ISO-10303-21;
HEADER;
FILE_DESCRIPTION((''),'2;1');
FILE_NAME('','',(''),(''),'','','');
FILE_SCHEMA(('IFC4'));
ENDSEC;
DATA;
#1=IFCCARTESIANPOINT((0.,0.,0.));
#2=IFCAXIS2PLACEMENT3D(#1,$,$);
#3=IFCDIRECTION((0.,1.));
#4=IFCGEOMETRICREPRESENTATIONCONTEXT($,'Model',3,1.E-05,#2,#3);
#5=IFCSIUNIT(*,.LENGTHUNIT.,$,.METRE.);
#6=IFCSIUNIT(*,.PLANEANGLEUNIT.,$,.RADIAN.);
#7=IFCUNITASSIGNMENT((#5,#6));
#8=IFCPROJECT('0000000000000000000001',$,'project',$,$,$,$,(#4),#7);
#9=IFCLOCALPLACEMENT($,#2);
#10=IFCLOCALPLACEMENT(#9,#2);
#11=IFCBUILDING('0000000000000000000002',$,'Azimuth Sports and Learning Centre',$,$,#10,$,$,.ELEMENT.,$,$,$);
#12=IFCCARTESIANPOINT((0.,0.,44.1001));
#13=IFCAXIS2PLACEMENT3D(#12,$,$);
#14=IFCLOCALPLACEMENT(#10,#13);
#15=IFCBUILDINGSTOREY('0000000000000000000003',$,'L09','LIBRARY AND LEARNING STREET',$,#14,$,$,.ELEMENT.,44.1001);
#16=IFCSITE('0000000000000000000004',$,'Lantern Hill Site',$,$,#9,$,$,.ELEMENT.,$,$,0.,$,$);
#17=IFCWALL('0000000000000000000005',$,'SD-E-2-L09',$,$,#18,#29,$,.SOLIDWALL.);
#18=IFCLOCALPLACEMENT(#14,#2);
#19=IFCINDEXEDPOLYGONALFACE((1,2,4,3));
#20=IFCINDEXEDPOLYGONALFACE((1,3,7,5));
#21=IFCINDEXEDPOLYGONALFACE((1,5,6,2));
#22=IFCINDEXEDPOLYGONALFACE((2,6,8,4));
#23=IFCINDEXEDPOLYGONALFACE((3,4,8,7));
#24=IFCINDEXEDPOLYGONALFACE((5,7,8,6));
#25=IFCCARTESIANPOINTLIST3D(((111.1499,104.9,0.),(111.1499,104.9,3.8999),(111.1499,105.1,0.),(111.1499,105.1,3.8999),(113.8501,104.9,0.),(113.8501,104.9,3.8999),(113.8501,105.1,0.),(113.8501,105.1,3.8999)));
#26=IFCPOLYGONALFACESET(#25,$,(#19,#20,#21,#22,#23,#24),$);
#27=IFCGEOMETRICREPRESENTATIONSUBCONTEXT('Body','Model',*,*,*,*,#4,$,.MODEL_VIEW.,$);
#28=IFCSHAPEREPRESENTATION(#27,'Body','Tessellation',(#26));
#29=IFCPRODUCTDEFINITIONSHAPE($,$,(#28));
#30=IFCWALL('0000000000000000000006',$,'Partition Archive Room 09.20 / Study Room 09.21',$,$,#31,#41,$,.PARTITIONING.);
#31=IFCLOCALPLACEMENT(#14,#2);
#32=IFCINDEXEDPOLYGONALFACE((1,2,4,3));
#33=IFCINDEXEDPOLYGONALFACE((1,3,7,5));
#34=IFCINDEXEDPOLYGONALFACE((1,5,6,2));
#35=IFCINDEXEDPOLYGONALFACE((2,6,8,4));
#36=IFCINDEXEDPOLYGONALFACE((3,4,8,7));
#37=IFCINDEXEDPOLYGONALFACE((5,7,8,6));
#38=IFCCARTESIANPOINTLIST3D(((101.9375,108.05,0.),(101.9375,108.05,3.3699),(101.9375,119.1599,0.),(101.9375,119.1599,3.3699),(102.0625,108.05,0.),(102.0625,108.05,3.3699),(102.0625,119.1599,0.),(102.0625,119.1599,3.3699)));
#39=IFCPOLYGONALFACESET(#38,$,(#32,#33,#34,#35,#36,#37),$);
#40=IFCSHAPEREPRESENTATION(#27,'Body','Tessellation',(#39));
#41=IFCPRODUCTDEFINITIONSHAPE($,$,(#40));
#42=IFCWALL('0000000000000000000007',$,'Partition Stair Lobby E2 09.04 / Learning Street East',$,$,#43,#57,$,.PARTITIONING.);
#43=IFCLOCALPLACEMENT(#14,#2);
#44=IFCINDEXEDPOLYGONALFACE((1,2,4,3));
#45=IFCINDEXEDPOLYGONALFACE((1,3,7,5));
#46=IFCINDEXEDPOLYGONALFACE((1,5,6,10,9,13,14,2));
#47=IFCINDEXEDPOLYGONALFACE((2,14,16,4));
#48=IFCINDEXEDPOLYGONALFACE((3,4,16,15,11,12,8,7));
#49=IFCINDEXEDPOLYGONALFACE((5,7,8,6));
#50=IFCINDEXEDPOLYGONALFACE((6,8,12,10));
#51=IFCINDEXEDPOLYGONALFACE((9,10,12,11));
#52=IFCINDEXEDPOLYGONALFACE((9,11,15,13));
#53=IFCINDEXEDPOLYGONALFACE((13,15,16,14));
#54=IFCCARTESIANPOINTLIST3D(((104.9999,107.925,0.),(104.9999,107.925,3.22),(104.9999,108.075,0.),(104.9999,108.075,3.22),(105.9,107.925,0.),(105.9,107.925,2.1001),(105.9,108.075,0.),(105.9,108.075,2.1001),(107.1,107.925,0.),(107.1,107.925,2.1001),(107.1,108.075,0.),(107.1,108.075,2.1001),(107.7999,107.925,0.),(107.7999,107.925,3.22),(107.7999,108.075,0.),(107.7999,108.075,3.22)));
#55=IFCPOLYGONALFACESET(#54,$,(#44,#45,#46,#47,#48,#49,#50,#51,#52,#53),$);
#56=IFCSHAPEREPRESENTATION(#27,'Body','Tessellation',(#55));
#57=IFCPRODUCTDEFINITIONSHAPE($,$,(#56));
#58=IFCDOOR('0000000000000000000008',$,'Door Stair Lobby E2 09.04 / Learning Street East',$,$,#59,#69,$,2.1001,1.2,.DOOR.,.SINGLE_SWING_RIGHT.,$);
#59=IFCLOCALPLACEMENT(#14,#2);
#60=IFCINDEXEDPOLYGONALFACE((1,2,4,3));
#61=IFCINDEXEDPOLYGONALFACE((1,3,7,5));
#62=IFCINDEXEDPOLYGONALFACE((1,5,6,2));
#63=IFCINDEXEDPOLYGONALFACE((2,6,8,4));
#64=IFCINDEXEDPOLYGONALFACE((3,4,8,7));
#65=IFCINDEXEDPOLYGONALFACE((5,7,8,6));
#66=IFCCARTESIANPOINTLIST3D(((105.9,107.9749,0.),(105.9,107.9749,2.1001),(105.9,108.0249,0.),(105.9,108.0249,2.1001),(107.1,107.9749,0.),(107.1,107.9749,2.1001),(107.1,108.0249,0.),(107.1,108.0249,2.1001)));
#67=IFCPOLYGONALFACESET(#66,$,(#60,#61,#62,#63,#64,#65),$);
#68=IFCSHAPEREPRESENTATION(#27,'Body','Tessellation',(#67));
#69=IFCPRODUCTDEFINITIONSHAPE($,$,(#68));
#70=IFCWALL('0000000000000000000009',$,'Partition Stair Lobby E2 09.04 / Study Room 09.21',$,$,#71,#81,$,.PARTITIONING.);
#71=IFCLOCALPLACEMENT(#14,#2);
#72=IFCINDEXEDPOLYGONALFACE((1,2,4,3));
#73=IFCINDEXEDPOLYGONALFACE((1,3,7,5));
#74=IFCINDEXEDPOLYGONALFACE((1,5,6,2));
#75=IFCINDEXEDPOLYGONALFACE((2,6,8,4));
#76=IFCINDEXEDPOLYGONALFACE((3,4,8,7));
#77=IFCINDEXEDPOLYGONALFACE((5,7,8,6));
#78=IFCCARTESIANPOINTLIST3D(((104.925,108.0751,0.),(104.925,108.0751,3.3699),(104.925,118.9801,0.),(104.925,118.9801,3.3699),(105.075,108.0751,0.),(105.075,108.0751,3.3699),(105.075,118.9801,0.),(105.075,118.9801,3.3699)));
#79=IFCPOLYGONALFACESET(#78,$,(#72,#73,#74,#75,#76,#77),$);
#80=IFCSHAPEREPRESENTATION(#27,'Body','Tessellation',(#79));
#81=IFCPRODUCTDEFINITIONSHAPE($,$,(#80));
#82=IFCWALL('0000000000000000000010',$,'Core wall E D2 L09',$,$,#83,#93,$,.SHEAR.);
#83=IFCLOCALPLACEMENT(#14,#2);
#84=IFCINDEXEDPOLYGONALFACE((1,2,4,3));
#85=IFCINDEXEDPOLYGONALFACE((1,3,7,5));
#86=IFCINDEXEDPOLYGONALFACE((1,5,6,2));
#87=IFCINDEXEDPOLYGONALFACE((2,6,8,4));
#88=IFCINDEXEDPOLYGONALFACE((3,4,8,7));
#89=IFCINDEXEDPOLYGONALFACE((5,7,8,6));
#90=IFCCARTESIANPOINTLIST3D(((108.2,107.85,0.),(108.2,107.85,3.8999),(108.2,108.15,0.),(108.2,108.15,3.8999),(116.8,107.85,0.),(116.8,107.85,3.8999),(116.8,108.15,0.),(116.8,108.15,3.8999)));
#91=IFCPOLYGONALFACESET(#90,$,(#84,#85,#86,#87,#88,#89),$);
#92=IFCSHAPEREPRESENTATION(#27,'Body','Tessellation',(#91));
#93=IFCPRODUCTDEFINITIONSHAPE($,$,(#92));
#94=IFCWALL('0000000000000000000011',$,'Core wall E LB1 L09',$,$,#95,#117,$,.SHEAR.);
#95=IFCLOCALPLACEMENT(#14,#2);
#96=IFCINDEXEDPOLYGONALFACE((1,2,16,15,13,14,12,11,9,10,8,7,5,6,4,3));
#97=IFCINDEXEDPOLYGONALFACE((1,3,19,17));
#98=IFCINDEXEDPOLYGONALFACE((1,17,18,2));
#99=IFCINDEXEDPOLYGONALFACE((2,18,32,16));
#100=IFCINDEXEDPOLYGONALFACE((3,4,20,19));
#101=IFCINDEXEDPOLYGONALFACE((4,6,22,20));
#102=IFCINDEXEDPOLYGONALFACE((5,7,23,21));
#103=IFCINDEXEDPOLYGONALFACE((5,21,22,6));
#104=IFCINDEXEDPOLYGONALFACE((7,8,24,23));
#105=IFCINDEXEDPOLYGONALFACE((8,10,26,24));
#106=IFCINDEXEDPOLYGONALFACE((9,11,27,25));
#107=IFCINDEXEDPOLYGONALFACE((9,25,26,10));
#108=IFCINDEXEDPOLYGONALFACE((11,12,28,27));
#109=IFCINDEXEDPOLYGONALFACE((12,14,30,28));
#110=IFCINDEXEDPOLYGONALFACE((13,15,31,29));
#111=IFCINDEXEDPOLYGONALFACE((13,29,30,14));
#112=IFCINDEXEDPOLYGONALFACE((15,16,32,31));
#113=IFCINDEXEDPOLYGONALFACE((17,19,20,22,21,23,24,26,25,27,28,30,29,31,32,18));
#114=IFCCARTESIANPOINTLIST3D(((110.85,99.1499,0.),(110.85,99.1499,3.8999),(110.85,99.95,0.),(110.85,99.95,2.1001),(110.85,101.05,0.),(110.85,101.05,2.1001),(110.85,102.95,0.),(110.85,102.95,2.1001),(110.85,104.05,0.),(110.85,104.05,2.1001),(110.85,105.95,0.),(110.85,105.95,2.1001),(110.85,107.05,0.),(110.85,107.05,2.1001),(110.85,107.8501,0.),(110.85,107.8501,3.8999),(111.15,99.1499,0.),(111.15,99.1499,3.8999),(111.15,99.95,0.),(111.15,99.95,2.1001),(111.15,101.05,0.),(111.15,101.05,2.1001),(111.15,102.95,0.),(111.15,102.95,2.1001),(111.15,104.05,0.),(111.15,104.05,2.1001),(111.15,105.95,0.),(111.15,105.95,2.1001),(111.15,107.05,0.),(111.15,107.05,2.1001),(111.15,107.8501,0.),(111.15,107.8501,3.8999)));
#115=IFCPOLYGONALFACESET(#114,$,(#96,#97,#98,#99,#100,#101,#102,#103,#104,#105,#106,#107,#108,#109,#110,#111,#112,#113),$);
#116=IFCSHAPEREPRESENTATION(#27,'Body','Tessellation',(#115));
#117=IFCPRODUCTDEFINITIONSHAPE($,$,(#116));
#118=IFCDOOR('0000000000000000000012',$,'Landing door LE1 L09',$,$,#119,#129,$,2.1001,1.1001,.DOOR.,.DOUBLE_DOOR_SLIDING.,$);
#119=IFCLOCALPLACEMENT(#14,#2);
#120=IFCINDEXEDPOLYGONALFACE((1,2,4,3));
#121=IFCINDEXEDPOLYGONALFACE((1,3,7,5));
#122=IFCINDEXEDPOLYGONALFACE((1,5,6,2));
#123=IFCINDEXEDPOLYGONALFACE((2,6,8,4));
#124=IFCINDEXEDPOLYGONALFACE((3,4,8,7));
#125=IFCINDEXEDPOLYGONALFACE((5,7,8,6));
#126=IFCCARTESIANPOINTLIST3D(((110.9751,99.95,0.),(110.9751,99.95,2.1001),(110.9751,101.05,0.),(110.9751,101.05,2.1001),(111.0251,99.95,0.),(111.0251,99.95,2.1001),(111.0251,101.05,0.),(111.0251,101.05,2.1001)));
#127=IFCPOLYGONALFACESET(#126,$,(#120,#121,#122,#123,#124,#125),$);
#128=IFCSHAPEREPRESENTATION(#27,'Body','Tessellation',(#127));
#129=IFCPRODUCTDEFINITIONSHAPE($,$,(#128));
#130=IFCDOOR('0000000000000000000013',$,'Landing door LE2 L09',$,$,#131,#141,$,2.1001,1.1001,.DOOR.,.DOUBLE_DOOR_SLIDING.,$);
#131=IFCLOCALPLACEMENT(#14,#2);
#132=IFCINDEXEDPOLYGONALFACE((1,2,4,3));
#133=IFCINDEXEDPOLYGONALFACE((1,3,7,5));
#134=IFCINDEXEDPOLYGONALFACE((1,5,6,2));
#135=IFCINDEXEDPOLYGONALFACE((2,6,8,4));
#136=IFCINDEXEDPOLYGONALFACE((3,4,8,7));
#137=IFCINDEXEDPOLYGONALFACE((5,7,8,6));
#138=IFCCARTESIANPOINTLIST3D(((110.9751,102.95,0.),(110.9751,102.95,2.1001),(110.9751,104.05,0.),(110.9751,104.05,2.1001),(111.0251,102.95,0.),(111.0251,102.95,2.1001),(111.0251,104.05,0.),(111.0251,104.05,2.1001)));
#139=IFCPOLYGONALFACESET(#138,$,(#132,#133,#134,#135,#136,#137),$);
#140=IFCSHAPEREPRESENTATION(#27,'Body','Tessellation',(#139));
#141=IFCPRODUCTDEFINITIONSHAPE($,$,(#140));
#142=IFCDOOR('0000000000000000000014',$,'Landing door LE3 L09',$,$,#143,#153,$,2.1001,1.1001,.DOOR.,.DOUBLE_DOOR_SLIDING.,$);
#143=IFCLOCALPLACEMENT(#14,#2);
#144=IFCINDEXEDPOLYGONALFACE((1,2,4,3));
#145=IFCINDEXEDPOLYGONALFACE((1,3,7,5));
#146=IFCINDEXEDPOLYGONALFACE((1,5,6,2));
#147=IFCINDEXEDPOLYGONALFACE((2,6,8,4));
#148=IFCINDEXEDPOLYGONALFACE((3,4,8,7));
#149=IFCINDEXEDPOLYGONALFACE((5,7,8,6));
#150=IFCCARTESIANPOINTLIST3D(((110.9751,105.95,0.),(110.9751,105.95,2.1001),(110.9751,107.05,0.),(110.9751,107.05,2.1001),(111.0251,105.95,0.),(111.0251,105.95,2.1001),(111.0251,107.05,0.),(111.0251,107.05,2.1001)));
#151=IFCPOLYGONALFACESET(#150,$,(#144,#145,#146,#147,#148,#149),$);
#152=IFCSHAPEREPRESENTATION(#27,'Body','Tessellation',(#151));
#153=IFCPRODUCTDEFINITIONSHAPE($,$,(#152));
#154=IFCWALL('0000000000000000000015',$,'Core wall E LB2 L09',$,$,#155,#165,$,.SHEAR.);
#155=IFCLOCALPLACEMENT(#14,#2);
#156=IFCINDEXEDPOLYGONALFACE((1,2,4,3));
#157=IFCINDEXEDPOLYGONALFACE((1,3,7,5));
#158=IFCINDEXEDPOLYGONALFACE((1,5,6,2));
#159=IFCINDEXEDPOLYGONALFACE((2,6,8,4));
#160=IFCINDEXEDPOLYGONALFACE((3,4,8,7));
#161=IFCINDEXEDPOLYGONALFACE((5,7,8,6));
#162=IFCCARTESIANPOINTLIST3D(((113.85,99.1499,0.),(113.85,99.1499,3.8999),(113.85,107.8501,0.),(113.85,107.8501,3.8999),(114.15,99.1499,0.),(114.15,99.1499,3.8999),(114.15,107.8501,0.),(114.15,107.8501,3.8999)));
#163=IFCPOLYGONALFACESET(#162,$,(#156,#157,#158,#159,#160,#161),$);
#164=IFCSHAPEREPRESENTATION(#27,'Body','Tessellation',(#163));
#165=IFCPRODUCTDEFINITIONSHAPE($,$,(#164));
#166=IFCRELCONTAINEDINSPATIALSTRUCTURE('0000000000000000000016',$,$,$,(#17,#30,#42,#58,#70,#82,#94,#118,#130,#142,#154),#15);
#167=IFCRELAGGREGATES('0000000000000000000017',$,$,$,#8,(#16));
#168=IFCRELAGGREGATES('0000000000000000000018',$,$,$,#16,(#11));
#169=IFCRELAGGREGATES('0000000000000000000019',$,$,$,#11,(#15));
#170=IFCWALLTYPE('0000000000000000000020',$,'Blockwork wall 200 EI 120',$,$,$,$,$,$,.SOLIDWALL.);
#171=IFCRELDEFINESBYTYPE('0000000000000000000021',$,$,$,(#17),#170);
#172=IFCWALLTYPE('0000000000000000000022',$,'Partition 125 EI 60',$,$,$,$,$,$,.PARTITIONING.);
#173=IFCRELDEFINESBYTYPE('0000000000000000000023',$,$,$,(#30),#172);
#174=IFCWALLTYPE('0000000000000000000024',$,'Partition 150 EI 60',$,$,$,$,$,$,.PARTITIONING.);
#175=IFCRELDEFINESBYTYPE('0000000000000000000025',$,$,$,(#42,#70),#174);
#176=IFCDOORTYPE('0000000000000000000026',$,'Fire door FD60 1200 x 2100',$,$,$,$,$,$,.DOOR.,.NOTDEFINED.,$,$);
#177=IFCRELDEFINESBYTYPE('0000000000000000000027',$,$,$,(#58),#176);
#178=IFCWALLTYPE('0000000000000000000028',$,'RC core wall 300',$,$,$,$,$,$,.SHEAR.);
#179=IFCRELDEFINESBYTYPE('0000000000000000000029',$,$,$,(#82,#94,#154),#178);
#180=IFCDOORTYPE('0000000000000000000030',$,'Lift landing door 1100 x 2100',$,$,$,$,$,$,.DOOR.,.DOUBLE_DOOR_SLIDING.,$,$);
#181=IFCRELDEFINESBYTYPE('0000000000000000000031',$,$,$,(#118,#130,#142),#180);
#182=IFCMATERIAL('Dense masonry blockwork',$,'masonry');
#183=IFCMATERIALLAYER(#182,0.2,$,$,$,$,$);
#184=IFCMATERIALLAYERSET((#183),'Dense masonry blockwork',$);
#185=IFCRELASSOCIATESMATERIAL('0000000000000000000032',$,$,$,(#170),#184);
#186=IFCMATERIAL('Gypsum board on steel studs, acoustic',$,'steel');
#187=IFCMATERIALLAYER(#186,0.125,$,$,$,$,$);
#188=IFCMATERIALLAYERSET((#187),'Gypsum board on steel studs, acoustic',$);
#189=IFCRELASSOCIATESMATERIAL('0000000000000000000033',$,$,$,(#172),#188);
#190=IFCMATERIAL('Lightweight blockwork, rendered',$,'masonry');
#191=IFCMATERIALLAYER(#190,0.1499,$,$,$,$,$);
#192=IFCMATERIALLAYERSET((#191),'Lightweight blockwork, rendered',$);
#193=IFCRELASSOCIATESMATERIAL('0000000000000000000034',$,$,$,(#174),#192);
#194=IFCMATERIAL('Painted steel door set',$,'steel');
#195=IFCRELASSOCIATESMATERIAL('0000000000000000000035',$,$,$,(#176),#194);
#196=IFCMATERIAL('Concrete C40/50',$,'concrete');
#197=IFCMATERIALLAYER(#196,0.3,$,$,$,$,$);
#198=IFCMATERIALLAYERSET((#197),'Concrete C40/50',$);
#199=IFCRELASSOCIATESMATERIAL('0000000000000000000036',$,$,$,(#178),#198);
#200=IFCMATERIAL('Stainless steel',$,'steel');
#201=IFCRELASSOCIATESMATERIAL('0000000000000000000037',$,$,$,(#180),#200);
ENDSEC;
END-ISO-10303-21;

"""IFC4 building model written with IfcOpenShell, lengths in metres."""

from ifc_helpers import new_model, si_unit, direction, frame, frame_2d, origin, place, context, subcontext, project, spatial, rectangle, extrude, material, layer, layer_set, type_object, element, fill, save


model = new_model("IFC4")

# Units and contexts
model_context = context("Model", 3, precision=1e-05, world=origin(), true_north=direction((0.0, 1.0)))
body_context = subcontext(model_context, "Body", "Model", "MODEL_VIEW")
ifc_project = project(units=[si_unit("LENGTHUNIT", "METRE"), si_unit("PLANEANGLEUNIT", "RADIAN")], contexts=[model_context])

# Site, building, storey
site_placement = place(None, origin())
site = spatial("IfcSite", under=ifc_project, at=site_placement, Name="Lantern Hill Site", CompositionType="ELEMENT", RefElevation=0.0)
building_placement = place(site_placement, origin())
building = spatial("IfcBuilding", under=site, at=building_placement, Name="Azimuth Sports and Learning Centre", CompositionType="ELEMENT")
storey_placement = place(building_placement, frame((0.0, 0.0, 44.1001)))
storey = spatial("IfcBuildingStorey", under=building, at=storey_placement, Name="L09", Description="LIBRARY AND LEARNING STREET", CompositionType="ELEMENT", Elevation=44.1001)

# Walls
ifc_material_1 = material(Name="Dense masonry blockwork", Category="masonry")
ifc_layer_1 = layer(ifc_material_1, 0.2)
ifc_layer_set_1 = layer_set([ifc_layer_1], Name="Dense masonry blockwork")
wall_type_1 = type_object("IfcWallType", Name="Blockwork wall 200 EI 120", PredefinedType="SOLIDWALL", material=ifc_layer_set_1)
for number, where, z_axis, x_axis, name in (
    (1, (111.1499, 105.0, 0.0), (0.0, 0.0, 1.0), (1.0, 0.0, 0.0), "SD-E-2-L09"),
):
    element("IfcWall", number, at=place(storey_placement, frame(where, z_axis=z_axis, x_axis=x_axis)), inside=storey, type_object=wall_type_1, Name=name, PredefinedType="SOLIDWALL", context=body_context, shape_type="SweptSolid", body=[
        extrude(rectangle(XDim=2.7002, YDim=0.2, at=frame_2d((1.3501, 0.0))), origin(), (0.0, 0.0, 1.0), 3.8999),
    ])
ifc_material_2 = material(Name="Gypsum board on steel studs, acoustic", Category="steel")
ifc_layer_2 = layer(ifc_material_2, 0.125)
ifc_layer_set_2 = layer_set([ifc_layer_2], Name="Gypsum board on steel studs, acoustic")
wall_type_2 = type_object("IfcWallType", Name="Partition 125 EI 60", PredefinedType="PARTITIONING", material=ifc_layer_set_2)
wall_1_placement = place(storey_placement, frame((102.0, 108.05, 0.0), z_axis=(0.0, 0.0, 1.0), x_axis=(0.0, 1.0, 0.0)))
element("IfcWall", 2, at=wall_1_placement, inside=storey, type_object=wall_type_2, Name="Partition Archive Room 09.20 / Study Room 09.21", PredefinedType="PARTITIONING", context=body_context, shape_type="SweptSolid", body=[
    extrude(rectangle(XDim=11.1099, YDim=0.125, at=frame_2d((5.5549, 0.0))), origin(), (0.0, 0.0, 1.0), 3.3699),
])

# Wall, opening, door
ifc_material_3 = material(Name="Lightweight blockwork, rendered", Category="masonry")
ifc_layer_3 = layer(ifc_material_3, 0.1499)
ifc_layer_set_3 = layer_set([ifc_layer_3], Name="Lightweight blockwork, rendered")
wall_type_3 = type_object("IfcWallType", Name="Partition 150 EI 60", PredefinedType="PARTITIONING", material=ifc_layer_set_3)
wall_2_placement = place(storey_placement, frame((105.0, 108.0, 0.0), z_axis=(0.0, 0.0, 1.0), x_axis=(1.0, 0.0, 0.0)))
wall_2 = element("IfcWall", 3, at=wall_2_placement, inside=storey, type_object=wall_type_3, Name="Partition Stair Lobby E2 09.04 / Learning Street East", PredefinedType="PARTITIONING", context=body_context, shape_type="SweptSolid", body=[
    extrude(rectangle(XDim=2.8, YDim=0.1499, at=frame_2d((1.3999, 0.0))), origin(), (0.0, 0.0, 1.0), 3.22),
])
opening_1_placement = place(wall_2_placement, frame((0.8999, 0.0, 0.0)))
opening_1 = element("IfcOpeningElement", 4, at=opening_1_placement, cuts=wall_2, PredefinedType="OPENING", context=body_context, shape_type="SweptSolid", body=[
    extrude(rectangle(XDim=1.2, YDim=2.1001, at=frame_2d((0.6001, 1.05))), frame((0.0, 0.0859, 0.0), z_axis=(0.0, -1.0, 0.0), x_axis=(1.0, 0.0, 0.0)), (0.0, 0.0, 1.0), 0.1719),
])
ifc_material_4 = material(Name="Painted steel door set", Category="steel")
door_type_1 = type_object("IfcDoorType", Name="Fire door FD60 1200 x 2100", OperationType="NOTDEFINED", PredefinedType="DOOR", material=ifc_material_4)
door_1_placement = place(opening_1_placement, origin())
door_1 = element("IfcDoor", 5, at=door_1_placement, inside=storey, type_object=door_type_1, Name="Door Stair Lobby E2 09.04 / Learning Street East", OperationType="SINGLE_SWING_RIGHT", OverallHeight=2.1001, OverallWidth=1.2, PredefinedType="DOOR", context=body_context, shape_type="SweptSolid", body=[
    extrude(rectangle(XDim=1.2, YDim=2.1001, at=frame_2d((0.6001, 1.05))), frame((0.0, 0.0249, 0.0), z_axis=(0.0, -1.0, 0.0), x_axis=(1.0, 0.0, 0.0)), (0.0, 0.0, 1.0), 0.05),
])
fill(opening_1, door_1)

# Walls
wall_3_placement = place(storey_placement, frame((105.0, 108.075, 0.0), z_axis=(0.0, 0.0, 1.0), x_axis=(0.0, 1.0, 0.0)))
element("IfcWall", 6, at=wall_3_placement, inside=storey, type_object=wall_type_3, Name="Partition Stair Lobby E2 09.04 / Study Room 09.21", PredefinedType="PARTITIONING", context=body_context, shape_type="SweptSolid", body=[
    extrude(rectangle(XDim=10.905, YDim=0.1499, at=frame_2d((5.4526, 0.0))), origin(), (0.0, 0.0, 1.0), 3.3699),
])
ifc_material_5 = material(Name="Concrete C40/50", Category="concrete")
ifc_layer_4 = layer(ifc_material_5, 0.3)
ifc_layer_set_4 = layer_set([ifc_layer_4], Name="Concrete C40/50")
wall_type_4 = type_object("IfcWallType", Name="RC core wall 300", PredefinedType="SHEAR", material=ifc_layer_set_4)
wall_4_placement = place(storey_placement, frame((108.2, 108.0, 0.0), z_axis=(0.0, 0.0, 1.0), x_axis=(1.0, 0.0, 0.0)))
element("IfcWall", 7, at=wall_4_placement, inside=storey, type_object=wall_type_4, Name="Core wall E D2 L09", PredefinedType="SHEAR", context=body_context, shape_type="SweptSolid", body=[
    extrude(rectangle(XDim=8.6001, YDim=0.3, at=frame_2d((4.3, 0.0))), origin(), (0.0, 0.0, 1.0), 3.8999),
])

# Wall, openings, doors
wall_5_placement = place(storey_placement, frame((111.0, 99.1499, 0.0), z_axis=(0.0, 0.0, 1.0), x_axis=(0.0, 1.0, 0.0)))
wall_5 = element("IfcWall", 8, at=wall_5_placement, inside=storey, type_object=wall_type_4, Name="Core wall E LB1 L09", PredefinedType="SHEAR", context=body_context, shape_type="SweptSolid", body=[
    extrude(rectangle(XDim=8.7002, YDim=0.3, at=frame_2d((4.3501, 0.0))), origin(), (0.0, 0.0, 1.0), 3.8999),
])
opening_2_placement = place(wall_5_placement, frame((0.8, 0.0, 0.0)))
opening_2 = element("IfcOpeningElement", 9, at=opening_2_placement, cuts=wall_5, PredefinedType="OPENING", context=body_context, shape_type="SweptSolid", body=[
    extrude(rectangle(XDim=1.1001, YDim=2.1001, at=frame_2d((0.55, 1.05))), frame((0.0, 0.1611, 0.0), z_axis=(0.0, -1.0, 0.0), x_axis=(1.0, 0.0, 0.0)), (0.0, 0.0, 1.0), 0.322),
])
opening_3_placement = place(wall_5_placement, frame((3.8, 0.0, 0.0)))
opening_3 = element("IfcOpeningElement", 10, at=opening_3_placement, cuts=wall_5, PredefinedType="OPENING", context=body_context, shape_type="SweptSolid", body=[
    extrude(rectangle(XDim=1.1001, YDim=2.1001, at=frame_2d((0.55, 1.05))), frame((0.0, 0.1611, 0.0), z_axis=(0.0, -1.0, 0.0), x_axis=(1.0, 0.0, 0.0)), (0.0, 0.0, 1.0), 0.322),
])
opening_4_placement = place(wall_5_placement, frame((6.8, 0.0, 0.0)))
opening_4 = element("IfcOpeningElement", 11, at=opening_4_placement, cuts=wall_5, PredefinedType="OPENING", context=body_context, shape_type="SweptSolid", body=[
    extrude(rectangle(XDim=1.1001, YDim=2.1001, at=frame_2d((0.55, 1.05))), frame((0.0, 0.1611, 0.0), z_axis=(0.0, -1.0, 0.0), x_axis=(1.0, 0.0, 0.0)), (0.0, 0.0, 1.0), 0.322),
])
ifc_material_6 = material(Name="Stainless steel", Category="steel")
door_type_2 = type_object("IfcDoorType", Name="Lift landing door 1100 x 2100", OperationType="DOUBLE_DOOR_SLIDING", PredefinedType="DOOR", material=ifc_material_6)
door_2_placement = place(opening_2_placement, origin())
door_2 = element("IfcDoor", 12, at=door_2_placement, inside=storey, type_object=door_type_2, Name="Landing door LE1 L09", OperationType="DOUBLE_DOOR_SLIDING", OverallHeight=2.1001, OverallWidth=1.1001, PredefinedType="DOOR", context=body_context, shape_type="SweptSolid", body=[
    extrude(rectangle(XDim=1.1001, YDim=2.1001, at=frame_2d((0.55, 1.05))), frame((0.0, 0.0249, 0.0), z_axis=(0.0, -1.0, 0.0), x_axis=(1.0, 0.0, 0.0)), (0.0, 0.0, 1.0), 0.05),
])
fill(opening_2, door_2)
door_3_placement = place(opening_3_placement, origin())
door_3 = element("IfcDoor", 13, at=door_3_placement, inside=storey, type_object=door_type_2, Name="Landing door LE2 L09", OperationType="DOUBLE_DOOR_SLIDING", OverallHeight=2.1001, OverallWidth=1.1001, PredefinedType="DOOR", context=body_context, shape_type="SweptSolid", body=[
    extrude(rectangle(XDim=1.1001, YDim=2.1001, at=frame_2d((0.55, 1.05))), frame((0.0, 0.0249, 0.0), z_axis=(0.0, -1.0, 0.0), x_axis=(1.0, 0.0, 0.0)), (0.0, 0.0, 1.0), 0.05),
])
fill(opening_3, door_3)
door_4_placement = place(opening_4_placement, origin())
door_4 = element("IfcDoor", 14, at=door_4_placement, inside=storey, type_object=door_type_2, Name="Landing door LE3 L09", OperationType="DOUBLE_DOOR_SLIDING", OverallHeight=2.1001, OverallWidth=1.1001, PredefinedType="DOOR", context=body_context, shape_type="SweptSolid", body=[
    extrude(rectangle(XDim=1.1001, YDim=2.1001, at=frame_2d((0.55, 1.05))), frame((0.0, 0.0249, 0.0), z_axis=(0.0, -1.0, 0.0), x_axis=(1.0, 0.0, 0.0)), (0.0, 0.0, 1.0), 0.05),
])
fill(opening_4, door_4)

# Wall
wall_6_placement = place(storey_placement, frame((114.0, 99.1499, 0.0), z_axis=(0.0, 0.0, 1.0), x_axis=(0.0, 1.0, 0.0)))
element("IfcWall", 15, at=wall_6_placement, inside=storey, type_object=wall_type_4, Name="Core wall E LB2 L09", PredefinedType="SHEAR", context=body_context, shape_type="SweptSolid", body=[
    extrude(rectangle(XDim=8.7002, YDim=0.3, at=frame_2d((4.3501, 0.0))), origin(), (0.0, 0.0, 1.0), 3.8999),
])

save(model, "model.ifc")
